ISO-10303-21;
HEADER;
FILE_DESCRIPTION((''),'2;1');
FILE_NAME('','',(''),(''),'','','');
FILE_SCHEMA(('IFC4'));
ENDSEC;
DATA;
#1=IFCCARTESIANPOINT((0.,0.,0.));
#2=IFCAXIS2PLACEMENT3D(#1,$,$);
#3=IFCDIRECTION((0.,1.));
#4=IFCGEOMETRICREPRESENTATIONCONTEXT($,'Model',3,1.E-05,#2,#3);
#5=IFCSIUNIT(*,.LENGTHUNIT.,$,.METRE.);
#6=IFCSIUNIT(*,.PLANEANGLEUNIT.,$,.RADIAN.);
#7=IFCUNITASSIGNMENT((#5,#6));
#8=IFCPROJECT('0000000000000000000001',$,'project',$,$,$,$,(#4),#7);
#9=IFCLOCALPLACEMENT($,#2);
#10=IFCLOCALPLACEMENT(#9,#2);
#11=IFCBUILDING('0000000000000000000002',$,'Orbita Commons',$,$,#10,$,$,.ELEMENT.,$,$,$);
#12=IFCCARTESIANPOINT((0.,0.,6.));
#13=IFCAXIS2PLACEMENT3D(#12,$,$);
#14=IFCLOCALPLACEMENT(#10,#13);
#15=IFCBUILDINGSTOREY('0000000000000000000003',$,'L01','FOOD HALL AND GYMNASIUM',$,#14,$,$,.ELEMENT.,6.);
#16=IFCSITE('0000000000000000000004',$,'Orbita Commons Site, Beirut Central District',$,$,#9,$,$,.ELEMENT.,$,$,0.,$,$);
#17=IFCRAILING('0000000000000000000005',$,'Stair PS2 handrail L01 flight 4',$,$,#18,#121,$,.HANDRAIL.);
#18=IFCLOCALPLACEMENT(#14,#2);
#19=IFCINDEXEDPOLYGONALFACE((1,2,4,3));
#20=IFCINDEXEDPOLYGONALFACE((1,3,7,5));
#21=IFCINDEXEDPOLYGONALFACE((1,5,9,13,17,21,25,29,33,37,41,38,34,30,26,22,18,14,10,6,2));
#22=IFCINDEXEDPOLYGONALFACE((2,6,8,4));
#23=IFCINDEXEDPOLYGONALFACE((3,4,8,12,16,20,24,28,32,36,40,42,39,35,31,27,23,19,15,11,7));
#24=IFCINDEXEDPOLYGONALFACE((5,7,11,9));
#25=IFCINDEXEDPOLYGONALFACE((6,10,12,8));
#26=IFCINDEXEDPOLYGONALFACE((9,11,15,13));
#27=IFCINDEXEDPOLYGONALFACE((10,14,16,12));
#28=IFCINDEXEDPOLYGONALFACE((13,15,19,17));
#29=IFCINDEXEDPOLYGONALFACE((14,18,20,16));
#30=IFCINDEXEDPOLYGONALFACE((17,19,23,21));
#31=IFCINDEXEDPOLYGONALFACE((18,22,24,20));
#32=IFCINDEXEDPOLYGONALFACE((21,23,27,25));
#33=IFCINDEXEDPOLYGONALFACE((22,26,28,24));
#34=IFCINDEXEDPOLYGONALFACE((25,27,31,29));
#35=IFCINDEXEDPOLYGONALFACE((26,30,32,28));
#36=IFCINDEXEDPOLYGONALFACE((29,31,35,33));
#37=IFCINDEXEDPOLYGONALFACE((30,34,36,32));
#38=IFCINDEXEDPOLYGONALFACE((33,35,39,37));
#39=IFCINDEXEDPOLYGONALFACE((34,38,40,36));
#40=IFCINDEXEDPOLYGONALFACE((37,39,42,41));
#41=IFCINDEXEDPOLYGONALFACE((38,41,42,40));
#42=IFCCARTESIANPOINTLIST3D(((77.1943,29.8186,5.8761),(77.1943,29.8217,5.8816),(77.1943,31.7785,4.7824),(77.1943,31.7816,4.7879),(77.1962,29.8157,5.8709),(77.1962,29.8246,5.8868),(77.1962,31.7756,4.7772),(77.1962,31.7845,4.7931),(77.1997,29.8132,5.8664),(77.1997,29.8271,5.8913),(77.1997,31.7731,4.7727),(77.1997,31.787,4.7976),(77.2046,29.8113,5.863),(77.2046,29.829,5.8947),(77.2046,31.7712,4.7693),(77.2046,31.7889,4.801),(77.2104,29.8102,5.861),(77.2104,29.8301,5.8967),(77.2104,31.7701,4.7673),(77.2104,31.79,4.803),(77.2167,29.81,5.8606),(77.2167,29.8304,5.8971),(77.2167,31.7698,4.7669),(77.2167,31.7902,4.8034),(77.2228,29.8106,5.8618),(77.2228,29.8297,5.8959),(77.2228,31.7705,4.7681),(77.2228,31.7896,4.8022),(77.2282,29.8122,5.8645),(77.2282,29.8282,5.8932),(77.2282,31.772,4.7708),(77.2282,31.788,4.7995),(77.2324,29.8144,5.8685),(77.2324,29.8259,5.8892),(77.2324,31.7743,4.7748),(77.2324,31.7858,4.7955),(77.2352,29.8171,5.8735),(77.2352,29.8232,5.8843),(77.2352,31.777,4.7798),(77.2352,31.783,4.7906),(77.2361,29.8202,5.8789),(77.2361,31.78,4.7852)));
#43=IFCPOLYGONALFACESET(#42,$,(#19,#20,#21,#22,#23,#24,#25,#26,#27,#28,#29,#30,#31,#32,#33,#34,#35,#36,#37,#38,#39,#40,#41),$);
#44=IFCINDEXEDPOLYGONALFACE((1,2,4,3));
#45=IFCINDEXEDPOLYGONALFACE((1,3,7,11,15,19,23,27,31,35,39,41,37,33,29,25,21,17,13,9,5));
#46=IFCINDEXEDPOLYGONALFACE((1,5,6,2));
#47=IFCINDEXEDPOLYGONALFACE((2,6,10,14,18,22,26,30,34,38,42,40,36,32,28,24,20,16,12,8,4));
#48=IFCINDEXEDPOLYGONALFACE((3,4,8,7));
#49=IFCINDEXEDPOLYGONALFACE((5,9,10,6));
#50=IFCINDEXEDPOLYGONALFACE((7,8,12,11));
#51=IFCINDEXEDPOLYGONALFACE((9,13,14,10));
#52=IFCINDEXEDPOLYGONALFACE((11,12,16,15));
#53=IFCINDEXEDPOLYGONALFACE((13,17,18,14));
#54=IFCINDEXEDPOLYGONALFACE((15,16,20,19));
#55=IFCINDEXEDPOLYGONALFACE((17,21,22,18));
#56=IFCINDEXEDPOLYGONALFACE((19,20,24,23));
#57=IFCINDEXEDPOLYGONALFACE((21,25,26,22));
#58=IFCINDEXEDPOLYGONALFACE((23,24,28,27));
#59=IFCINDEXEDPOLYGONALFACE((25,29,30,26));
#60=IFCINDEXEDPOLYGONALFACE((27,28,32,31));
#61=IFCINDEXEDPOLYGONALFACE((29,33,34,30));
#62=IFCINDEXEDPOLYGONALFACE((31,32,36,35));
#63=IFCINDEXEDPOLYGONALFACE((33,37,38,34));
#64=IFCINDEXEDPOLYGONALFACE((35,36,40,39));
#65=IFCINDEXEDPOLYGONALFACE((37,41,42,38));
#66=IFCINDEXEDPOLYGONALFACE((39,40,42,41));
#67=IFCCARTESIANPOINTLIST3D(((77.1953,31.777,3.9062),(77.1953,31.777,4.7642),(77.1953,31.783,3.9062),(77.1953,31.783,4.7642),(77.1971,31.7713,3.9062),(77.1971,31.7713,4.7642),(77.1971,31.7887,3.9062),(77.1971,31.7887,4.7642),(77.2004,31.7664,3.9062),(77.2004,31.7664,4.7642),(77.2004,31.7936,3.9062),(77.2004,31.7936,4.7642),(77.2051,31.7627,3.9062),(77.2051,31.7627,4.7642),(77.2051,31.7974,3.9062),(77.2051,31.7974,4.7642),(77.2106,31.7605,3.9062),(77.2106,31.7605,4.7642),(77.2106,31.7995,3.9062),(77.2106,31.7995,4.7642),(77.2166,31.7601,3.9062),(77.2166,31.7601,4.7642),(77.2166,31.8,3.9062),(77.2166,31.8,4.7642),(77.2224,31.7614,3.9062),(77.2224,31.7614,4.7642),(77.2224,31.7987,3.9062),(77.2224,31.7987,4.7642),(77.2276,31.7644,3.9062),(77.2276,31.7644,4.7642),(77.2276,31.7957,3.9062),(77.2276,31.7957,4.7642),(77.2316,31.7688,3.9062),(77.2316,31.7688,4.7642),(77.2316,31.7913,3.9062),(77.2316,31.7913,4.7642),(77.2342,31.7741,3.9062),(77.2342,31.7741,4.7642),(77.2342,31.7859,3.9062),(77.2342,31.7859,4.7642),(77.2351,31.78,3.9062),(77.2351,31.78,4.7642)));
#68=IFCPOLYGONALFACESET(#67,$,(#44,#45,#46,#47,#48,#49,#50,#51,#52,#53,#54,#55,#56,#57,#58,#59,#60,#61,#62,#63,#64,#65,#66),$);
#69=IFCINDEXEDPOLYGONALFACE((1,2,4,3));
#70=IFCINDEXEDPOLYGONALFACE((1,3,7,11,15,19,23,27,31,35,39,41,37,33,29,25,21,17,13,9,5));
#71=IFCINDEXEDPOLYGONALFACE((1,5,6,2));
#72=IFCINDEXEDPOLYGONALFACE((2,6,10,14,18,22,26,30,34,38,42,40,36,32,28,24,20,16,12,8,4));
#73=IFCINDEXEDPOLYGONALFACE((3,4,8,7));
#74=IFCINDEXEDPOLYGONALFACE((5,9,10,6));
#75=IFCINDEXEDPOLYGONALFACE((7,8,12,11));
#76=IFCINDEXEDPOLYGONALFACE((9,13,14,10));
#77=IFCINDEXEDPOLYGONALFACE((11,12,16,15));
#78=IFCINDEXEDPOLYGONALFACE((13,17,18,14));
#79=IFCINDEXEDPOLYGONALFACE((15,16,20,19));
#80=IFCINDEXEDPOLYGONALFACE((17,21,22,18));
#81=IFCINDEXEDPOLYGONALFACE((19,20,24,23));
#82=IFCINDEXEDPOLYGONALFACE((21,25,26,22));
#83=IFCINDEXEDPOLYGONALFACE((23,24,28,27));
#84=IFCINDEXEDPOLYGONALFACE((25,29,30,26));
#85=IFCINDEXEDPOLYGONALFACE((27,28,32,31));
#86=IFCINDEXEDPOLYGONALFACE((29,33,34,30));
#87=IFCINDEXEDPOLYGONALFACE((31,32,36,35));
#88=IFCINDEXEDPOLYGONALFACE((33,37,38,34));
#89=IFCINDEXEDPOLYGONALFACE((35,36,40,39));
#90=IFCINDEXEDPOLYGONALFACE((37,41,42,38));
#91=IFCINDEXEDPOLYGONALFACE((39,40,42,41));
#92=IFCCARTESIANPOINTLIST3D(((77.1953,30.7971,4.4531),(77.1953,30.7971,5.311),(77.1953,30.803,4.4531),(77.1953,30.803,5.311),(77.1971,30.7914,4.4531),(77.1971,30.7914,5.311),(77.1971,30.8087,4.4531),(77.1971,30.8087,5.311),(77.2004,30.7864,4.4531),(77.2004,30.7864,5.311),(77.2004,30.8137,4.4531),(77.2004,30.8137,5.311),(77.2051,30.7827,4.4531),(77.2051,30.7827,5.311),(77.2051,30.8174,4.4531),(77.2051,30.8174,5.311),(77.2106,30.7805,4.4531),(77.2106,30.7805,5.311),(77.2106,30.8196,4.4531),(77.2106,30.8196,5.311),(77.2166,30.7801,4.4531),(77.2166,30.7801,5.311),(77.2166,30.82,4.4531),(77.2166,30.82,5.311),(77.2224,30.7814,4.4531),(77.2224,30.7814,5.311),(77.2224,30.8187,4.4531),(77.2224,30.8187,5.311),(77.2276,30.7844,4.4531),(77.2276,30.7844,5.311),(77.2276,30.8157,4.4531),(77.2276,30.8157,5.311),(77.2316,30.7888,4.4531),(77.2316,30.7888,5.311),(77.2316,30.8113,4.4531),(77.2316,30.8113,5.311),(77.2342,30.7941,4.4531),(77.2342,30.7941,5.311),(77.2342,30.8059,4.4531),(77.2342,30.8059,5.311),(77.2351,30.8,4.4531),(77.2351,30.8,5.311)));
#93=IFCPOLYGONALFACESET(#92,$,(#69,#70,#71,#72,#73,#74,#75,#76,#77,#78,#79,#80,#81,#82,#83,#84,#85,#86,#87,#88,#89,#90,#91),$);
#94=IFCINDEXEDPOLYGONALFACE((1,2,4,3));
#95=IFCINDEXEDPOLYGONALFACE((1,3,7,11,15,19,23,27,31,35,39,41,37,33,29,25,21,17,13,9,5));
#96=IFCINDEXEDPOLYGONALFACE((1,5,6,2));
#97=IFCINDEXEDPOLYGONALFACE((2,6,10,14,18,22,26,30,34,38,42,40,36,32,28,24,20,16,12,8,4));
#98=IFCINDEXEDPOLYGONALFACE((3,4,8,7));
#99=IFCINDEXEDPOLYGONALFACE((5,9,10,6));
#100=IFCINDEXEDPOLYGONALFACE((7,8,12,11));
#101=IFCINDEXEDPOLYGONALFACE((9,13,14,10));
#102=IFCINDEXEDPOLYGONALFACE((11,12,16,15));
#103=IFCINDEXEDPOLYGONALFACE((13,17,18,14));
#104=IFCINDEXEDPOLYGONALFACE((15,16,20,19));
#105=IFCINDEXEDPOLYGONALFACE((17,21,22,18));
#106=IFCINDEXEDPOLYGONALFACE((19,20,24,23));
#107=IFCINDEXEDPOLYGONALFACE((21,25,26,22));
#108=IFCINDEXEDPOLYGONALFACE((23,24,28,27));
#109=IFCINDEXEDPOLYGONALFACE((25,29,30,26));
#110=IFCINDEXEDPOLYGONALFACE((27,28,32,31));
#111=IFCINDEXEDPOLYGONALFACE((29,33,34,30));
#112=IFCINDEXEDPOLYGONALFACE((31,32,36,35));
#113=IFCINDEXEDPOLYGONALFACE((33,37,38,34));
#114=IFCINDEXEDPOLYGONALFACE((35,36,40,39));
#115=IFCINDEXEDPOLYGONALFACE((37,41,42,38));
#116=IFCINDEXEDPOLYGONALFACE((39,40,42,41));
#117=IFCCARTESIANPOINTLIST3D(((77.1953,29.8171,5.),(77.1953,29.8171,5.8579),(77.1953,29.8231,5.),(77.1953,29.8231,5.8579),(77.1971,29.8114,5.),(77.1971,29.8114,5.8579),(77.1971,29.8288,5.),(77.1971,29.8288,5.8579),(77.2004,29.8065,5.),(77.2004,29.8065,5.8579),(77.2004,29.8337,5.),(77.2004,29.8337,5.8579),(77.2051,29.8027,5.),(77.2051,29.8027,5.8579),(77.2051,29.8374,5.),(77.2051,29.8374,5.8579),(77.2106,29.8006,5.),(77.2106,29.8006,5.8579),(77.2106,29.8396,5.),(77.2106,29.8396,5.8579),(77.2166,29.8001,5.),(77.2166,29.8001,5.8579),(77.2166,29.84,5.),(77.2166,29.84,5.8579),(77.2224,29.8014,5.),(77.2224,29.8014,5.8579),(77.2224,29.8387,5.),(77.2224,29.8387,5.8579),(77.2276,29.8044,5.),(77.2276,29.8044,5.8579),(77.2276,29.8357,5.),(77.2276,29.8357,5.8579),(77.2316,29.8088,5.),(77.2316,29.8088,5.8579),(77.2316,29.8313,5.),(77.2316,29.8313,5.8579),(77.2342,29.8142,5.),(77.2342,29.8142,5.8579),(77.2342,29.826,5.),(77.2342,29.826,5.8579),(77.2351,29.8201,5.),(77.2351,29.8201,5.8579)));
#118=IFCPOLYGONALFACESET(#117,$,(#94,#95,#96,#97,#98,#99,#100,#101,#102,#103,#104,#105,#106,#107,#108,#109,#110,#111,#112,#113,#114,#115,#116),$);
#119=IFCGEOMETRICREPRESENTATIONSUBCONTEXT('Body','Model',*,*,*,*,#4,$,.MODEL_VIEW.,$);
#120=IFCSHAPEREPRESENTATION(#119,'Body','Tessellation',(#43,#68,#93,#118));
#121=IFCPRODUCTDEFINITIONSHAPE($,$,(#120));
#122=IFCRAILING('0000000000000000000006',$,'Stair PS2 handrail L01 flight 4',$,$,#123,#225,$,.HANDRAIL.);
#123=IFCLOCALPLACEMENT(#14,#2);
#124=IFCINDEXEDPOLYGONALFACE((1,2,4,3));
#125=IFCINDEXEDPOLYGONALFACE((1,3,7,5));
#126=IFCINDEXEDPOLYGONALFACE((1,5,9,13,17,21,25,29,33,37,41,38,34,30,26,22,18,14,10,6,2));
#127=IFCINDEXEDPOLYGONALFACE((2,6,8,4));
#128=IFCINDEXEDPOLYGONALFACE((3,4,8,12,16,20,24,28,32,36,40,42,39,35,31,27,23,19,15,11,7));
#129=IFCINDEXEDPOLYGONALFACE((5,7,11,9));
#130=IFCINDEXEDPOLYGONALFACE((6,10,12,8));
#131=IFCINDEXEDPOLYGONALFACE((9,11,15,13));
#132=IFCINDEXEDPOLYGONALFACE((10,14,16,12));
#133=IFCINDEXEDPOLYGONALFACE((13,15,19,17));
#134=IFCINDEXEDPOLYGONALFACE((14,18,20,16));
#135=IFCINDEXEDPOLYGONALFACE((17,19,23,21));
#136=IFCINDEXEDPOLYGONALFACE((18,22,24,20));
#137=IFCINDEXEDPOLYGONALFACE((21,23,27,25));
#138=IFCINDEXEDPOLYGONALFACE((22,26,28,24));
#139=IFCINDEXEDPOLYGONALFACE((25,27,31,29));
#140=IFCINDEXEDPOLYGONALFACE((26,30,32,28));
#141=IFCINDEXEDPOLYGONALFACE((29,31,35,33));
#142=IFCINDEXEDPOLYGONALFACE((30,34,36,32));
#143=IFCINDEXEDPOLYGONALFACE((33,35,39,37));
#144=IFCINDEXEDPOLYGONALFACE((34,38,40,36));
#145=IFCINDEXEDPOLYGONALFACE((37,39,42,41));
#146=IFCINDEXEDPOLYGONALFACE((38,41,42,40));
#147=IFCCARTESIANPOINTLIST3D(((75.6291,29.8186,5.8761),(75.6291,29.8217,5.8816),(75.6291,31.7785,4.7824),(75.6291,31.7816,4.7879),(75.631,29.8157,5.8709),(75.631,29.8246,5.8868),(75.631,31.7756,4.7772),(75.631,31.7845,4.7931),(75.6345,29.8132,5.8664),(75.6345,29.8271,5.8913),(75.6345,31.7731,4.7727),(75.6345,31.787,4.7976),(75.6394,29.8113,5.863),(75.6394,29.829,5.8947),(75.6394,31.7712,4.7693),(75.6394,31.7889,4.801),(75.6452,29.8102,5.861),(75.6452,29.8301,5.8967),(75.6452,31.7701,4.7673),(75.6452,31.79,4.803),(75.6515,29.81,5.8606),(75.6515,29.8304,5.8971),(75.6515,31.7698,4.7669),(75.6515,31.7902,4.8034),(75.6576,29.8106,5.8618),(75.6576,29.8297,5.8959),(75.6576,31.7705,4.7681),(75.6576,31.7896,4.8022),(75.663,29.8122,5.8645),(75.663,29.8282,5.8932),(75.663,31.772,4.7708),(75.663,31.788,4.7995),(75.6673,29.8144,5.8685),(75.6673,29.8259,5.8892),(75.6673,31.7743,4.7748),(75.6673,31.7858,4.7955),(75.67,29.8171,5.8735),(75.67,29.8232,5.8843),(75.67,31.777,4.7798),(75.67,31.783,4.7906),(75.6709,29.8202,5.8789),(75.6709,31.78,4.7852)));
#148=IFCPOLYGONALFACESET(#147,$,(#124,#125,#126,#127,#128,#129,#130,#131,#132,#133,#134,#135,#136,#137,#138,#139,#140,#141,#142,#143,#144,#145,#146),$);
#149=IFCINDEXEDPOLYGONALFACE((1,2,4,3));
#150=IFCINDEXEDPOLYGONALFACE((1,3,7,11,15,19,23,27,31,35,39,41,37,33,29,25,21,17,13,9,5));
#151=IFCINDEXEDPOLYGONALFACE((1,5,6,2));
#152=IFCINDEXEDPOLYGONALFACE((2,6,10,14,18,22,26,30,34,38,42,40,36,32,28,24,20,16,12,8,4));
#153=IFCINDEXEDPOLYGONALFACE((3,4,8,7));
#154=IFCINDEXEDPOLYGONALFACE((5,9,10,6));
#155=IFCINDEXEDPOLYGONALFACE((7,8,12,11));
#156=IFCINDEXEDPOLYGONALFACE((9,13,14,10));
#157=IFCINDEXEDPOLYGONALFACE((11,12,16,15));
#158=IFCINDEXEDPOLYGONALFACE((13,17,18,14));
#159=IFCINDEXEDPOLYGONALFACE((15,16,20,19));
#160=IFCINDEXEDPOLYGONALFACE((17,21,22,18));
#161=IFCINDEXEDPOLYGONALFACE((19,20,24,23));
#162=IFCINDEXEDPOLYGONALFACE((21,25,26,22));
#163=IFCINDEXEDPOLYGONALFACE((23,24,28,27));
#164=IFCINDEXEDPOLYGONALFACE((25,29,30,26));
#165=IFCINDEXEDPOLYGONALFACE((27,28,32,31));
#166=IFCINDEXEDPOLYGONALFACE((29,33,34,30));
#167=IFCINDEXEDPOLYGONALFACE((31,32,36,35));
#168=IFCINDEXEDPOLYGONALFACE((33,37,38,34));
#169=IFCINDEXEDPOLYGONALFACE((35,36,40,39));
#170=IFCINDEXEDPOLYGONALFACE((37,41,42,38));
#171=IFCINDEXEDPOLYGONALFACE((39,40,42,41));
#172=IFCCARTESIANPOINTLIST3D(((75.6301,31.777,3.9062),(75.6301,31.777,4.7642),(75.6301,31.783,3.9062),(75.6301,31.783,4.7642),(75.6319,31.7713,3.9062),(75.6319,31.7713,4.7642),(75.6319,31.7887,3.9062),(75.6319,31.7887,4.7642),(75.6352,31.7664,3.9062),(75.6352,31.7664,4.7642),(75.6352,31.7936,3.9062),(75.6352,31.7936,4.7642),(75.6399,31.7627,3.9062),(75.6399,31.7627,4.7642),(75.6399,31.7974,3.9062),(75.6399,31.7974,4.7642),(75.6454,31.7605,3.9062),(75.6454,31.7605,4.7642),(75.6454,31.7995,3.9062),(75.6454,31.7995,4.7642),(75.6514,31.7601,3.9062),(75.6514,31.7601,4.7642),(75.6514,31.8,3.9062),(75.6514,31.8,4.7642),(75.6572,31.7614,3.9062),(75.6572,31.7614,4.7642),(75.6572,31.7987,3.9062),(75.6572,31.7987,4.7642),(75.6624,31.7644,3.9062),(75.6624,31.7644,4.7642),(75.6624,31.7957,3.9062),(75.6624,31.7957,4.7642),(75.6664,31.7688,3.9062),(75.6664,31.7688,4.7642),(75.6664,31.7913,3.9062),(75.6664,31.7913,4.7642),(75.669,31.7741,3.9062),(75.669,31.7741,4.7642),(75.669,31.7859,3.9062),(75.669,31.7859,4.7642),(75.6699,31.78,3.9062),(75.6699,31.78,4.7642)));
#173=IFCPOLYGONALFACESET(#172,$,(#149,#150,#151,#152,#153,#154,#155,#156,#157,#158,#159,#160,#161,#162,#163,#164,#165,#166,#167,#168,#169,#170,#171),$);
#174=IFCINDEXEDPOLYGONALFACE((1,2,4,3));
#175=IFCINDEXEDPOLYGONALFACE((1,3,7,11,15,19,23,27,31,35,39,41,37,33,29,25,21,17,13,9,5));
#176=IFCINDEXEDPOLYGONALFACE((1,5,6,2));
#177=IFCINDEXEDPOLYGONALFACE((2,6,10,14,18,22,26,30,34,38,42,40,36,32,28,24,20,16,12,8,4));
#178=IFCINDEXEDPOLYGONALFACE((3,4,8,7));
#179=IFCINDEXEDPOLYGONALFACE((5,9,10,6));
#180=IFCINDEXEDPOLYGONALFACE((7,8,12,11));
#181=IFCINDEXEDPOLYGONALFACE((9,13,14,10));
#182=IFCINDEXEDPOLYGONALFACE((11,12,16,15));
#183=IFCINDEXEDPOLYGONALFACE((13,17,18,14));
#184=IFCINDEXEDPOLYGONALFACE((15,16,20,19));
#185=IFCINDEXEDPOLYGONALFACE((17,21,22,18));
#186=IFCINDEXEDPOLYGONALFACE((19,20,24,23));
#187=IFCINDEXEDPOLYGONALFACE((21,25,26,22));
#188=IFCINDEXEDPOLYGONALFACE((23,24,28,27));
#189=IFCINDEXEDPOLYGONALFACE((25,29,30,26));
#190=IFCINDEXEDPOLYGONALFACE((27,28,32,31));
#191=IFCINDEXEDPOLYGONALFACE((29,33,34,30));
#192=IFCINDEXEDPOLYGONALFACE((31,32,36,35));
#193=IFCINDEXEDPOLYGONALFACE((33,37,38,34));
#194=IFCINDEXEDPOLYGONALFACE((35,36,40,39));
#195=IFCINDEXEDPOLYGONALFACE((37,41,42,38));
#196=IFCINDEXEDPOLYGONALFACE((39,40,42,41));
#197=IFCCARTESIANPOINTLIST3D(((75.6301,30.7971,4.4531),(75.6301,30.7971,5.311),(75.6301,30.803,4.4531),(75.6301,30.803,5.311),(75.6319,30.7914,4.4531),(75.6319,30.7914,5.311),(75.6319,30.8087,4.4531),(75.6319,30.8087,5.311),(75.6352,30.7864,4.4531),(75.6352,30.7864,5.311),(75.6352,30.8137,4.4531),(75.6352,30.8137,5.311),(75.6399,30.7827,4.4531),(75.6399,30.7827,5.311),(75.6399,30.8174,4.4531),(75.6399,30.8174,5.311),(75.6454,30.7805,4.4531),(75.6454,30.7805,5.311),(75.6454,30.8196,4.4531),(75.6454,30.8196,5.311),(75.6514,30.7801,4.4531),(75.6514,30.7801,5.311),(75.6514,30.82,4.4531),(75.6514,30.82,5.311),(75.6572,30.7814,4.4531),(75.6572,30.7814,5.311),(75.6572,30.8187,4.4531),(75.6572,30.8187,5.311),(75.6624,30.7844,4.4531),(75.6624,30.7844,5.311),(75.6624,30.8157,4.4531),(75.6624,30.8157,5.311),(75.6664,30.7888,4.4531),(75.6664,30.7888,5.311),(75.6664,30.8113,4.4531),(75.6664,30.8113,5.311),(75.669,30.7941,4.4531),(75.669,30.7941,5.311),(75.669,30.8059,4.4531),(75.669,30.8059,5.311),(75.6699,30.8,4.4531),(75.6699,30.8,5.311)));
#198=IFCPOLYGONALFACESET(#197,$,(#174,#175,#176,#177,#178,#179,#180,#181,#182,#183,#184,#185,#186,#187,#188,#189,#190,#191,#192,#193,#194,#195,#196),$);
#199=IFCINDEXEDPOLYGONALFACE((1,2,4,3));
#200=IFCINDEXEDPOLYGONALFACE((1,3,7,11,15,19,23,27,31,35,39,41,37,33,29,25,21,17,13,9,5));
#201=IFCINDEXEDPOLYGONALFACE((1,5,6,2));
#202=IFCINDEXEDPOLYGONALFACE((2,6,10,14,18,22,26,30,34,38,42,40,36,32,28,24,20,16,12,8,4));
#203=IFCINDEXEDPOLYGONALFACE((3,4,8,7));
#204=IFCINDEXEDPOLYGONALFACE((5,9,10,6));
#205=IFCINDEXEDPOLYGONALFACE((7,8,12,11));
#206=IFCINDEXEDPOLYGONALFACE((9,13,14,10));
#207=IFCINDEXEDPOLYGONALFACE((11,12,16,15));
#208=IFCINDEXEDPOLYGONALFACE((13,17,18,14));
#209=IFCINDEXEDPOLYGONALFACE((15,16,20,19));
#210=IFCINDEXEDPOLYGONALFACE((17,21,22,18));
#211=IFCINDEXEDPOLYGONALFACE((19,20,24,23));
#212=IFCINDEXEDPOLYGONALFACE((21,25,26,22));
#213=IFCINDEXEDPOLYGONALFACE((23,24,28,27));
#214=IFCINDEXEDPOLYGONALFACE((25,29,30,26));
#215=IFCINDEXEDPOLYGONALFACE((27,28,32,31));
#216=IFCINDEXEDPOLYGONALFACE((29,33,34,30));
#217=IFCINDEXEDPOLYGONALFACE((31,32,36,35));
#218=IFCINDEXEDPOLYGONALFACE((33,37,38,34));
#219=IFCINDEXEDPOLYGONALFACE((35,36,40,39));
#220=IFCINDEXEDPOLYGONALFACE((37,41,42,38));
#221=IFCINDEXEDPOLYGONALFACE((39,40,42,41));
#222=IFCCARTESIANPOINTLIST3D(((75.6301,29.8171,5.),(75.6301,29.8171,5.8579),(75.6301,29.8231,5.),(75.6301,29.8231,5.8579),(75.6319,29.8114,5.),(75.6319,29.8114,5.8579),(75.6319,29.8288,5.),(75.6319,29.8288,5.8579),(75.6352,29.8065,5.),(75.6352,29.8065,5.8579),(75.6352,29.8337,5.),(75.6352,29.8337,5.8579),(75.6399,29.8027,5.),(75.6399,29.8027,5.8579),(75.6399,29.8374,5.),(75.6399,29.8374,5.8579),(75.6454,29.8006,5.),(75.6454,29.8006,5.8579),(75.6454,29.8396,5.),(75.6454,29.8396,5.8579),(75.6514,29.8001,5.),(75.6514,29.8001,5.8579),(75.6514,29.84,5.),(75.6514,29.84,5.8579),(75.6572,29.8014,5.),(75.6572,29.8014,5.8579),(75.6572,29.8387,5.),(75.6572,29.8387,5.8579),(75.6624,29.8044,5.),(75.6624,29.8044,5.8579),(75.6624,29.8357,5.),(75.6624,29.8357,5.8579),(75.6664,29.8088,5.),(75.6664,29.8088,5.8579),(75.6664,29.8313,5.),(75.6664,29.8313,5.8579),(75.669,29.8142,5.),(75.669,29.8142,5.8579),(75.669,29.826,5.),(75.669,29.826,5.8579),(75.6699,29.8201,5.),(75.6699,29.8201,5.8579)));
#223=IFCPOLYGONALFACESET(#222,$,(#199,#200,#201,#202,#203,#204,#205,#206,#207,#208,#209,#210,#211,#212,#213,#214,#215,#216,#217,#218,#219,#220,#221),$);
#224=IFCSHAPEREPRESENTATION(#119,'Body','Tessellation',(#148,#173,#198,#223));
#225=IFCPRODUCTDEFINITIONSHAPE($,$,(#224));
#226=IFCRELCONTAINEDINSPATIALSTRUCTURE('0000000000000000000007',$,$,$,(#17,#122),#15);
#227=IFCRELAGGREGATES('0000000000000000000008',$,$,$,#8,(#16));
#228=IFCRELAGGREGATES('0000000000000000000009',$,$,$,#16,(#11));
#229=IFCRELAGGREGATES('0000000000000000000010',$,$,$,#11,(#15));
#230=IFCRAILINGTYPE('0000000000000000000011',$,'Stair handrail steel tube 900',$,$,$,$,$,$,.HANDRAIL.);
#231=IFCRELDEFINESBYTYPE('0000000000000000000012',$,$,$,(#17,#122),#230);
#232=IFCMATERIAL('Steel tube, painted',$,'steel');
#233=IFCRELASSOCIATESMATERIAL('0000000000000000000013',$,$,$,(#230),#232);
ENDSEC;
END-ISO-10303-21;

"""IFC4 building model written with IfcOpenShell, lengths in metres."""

from ifc_helpers import new_model, si_unit, direction, frame, origin, origin_2d, place, context, subcontext, project, spatial, circle, extrude, material, type_object, element, save


model = new_model("IFC4")

# Units and contexts
model_context = context("Model", 3, precision=1e-05, world=origin(), true_north=direction((0.0, 1.0)))
body_context = subcontext(model_context, "Body", "Model", "MODEL_VIEW")
ifc_project = project(units=[si_unit("LENGTHUNIT", "METRE"), si_unit("PLANEANGLEUNIT", "RADIAN")], contexts=[model_context])

# Site, building, storey
site_placement = place(None, origin())
site = spatial("IfcSite", under=ifc_project, at=site_placement, Name="Orbita Commons Site, Beirut Central District", CompositionType="ELEMENT", RefElevation=0.0)
building_placement = place(site_placement, origin())
building = spatial("IfcBuilding", under=site, at=building_placement, Name="Orbita Commons", CompositionType="ELEMENT")
storey_placement = place(building_placement, frame((0.0, 0.0, 6.0)))
storey = spatial("IfcBuildingStorey", under=building, at=storey_placement, Name="L01", Description="FOOD HALL AND GYMNASIUM", CompositionType="ELEMENT", Elevation=6.0)

# Railings
ifc_material_1 = material(Name="Steel tube, painted", Category="steel")
railing_type_1 = type_object("IfcRailingType", Name="Stair handrail steel tube 900", PredefinedType="HANDRAIL", material=ifc_material_1)
for number, where, name in (
    (1, (77.2151, 31.78, 3.9062), "Stair PS2 handrail L01 flight 4"),
    (2, (75.6499, 31.78, 3.9062), "Stair PS2 handrail L01 flight 4"),
):
    element("IfcRailing", number, at=place(storey_placement, frame(where)), inside=storey, type_object=railing_type_1, Name=name, PredefinedType="HANDRAIL", context=body_context, shape_type="SweptSolid", body=[
        extrude(circle(Radius=0.021, at=origin_2d()), frame((0.0, 0.0, 0.8789), z_axis=(0.0, -0.873232, 0.487304), x_axis=(1.0, 0.0, 0.0)), (0.0, 0.0, 1.0), 2.2444),
        extrude(circle(Radius=0.02, at=origin_2d()), origin(), (0.0, 0.0, 1.0), 0.8579),
        extrude(circle(Radius=0.02, at=origin_2d()), frame((0.0, -0.98, 0.5469)), (0.0, 0.0, 1.0), 0.8579),
        extrude(circle(Radius=0.02, at=origin_2d()), frame((0.0, -1.96, 1.0938)), (0.0, 0.0, 1.0), 0.8579),
    ])

save(model, "model.ifc")
